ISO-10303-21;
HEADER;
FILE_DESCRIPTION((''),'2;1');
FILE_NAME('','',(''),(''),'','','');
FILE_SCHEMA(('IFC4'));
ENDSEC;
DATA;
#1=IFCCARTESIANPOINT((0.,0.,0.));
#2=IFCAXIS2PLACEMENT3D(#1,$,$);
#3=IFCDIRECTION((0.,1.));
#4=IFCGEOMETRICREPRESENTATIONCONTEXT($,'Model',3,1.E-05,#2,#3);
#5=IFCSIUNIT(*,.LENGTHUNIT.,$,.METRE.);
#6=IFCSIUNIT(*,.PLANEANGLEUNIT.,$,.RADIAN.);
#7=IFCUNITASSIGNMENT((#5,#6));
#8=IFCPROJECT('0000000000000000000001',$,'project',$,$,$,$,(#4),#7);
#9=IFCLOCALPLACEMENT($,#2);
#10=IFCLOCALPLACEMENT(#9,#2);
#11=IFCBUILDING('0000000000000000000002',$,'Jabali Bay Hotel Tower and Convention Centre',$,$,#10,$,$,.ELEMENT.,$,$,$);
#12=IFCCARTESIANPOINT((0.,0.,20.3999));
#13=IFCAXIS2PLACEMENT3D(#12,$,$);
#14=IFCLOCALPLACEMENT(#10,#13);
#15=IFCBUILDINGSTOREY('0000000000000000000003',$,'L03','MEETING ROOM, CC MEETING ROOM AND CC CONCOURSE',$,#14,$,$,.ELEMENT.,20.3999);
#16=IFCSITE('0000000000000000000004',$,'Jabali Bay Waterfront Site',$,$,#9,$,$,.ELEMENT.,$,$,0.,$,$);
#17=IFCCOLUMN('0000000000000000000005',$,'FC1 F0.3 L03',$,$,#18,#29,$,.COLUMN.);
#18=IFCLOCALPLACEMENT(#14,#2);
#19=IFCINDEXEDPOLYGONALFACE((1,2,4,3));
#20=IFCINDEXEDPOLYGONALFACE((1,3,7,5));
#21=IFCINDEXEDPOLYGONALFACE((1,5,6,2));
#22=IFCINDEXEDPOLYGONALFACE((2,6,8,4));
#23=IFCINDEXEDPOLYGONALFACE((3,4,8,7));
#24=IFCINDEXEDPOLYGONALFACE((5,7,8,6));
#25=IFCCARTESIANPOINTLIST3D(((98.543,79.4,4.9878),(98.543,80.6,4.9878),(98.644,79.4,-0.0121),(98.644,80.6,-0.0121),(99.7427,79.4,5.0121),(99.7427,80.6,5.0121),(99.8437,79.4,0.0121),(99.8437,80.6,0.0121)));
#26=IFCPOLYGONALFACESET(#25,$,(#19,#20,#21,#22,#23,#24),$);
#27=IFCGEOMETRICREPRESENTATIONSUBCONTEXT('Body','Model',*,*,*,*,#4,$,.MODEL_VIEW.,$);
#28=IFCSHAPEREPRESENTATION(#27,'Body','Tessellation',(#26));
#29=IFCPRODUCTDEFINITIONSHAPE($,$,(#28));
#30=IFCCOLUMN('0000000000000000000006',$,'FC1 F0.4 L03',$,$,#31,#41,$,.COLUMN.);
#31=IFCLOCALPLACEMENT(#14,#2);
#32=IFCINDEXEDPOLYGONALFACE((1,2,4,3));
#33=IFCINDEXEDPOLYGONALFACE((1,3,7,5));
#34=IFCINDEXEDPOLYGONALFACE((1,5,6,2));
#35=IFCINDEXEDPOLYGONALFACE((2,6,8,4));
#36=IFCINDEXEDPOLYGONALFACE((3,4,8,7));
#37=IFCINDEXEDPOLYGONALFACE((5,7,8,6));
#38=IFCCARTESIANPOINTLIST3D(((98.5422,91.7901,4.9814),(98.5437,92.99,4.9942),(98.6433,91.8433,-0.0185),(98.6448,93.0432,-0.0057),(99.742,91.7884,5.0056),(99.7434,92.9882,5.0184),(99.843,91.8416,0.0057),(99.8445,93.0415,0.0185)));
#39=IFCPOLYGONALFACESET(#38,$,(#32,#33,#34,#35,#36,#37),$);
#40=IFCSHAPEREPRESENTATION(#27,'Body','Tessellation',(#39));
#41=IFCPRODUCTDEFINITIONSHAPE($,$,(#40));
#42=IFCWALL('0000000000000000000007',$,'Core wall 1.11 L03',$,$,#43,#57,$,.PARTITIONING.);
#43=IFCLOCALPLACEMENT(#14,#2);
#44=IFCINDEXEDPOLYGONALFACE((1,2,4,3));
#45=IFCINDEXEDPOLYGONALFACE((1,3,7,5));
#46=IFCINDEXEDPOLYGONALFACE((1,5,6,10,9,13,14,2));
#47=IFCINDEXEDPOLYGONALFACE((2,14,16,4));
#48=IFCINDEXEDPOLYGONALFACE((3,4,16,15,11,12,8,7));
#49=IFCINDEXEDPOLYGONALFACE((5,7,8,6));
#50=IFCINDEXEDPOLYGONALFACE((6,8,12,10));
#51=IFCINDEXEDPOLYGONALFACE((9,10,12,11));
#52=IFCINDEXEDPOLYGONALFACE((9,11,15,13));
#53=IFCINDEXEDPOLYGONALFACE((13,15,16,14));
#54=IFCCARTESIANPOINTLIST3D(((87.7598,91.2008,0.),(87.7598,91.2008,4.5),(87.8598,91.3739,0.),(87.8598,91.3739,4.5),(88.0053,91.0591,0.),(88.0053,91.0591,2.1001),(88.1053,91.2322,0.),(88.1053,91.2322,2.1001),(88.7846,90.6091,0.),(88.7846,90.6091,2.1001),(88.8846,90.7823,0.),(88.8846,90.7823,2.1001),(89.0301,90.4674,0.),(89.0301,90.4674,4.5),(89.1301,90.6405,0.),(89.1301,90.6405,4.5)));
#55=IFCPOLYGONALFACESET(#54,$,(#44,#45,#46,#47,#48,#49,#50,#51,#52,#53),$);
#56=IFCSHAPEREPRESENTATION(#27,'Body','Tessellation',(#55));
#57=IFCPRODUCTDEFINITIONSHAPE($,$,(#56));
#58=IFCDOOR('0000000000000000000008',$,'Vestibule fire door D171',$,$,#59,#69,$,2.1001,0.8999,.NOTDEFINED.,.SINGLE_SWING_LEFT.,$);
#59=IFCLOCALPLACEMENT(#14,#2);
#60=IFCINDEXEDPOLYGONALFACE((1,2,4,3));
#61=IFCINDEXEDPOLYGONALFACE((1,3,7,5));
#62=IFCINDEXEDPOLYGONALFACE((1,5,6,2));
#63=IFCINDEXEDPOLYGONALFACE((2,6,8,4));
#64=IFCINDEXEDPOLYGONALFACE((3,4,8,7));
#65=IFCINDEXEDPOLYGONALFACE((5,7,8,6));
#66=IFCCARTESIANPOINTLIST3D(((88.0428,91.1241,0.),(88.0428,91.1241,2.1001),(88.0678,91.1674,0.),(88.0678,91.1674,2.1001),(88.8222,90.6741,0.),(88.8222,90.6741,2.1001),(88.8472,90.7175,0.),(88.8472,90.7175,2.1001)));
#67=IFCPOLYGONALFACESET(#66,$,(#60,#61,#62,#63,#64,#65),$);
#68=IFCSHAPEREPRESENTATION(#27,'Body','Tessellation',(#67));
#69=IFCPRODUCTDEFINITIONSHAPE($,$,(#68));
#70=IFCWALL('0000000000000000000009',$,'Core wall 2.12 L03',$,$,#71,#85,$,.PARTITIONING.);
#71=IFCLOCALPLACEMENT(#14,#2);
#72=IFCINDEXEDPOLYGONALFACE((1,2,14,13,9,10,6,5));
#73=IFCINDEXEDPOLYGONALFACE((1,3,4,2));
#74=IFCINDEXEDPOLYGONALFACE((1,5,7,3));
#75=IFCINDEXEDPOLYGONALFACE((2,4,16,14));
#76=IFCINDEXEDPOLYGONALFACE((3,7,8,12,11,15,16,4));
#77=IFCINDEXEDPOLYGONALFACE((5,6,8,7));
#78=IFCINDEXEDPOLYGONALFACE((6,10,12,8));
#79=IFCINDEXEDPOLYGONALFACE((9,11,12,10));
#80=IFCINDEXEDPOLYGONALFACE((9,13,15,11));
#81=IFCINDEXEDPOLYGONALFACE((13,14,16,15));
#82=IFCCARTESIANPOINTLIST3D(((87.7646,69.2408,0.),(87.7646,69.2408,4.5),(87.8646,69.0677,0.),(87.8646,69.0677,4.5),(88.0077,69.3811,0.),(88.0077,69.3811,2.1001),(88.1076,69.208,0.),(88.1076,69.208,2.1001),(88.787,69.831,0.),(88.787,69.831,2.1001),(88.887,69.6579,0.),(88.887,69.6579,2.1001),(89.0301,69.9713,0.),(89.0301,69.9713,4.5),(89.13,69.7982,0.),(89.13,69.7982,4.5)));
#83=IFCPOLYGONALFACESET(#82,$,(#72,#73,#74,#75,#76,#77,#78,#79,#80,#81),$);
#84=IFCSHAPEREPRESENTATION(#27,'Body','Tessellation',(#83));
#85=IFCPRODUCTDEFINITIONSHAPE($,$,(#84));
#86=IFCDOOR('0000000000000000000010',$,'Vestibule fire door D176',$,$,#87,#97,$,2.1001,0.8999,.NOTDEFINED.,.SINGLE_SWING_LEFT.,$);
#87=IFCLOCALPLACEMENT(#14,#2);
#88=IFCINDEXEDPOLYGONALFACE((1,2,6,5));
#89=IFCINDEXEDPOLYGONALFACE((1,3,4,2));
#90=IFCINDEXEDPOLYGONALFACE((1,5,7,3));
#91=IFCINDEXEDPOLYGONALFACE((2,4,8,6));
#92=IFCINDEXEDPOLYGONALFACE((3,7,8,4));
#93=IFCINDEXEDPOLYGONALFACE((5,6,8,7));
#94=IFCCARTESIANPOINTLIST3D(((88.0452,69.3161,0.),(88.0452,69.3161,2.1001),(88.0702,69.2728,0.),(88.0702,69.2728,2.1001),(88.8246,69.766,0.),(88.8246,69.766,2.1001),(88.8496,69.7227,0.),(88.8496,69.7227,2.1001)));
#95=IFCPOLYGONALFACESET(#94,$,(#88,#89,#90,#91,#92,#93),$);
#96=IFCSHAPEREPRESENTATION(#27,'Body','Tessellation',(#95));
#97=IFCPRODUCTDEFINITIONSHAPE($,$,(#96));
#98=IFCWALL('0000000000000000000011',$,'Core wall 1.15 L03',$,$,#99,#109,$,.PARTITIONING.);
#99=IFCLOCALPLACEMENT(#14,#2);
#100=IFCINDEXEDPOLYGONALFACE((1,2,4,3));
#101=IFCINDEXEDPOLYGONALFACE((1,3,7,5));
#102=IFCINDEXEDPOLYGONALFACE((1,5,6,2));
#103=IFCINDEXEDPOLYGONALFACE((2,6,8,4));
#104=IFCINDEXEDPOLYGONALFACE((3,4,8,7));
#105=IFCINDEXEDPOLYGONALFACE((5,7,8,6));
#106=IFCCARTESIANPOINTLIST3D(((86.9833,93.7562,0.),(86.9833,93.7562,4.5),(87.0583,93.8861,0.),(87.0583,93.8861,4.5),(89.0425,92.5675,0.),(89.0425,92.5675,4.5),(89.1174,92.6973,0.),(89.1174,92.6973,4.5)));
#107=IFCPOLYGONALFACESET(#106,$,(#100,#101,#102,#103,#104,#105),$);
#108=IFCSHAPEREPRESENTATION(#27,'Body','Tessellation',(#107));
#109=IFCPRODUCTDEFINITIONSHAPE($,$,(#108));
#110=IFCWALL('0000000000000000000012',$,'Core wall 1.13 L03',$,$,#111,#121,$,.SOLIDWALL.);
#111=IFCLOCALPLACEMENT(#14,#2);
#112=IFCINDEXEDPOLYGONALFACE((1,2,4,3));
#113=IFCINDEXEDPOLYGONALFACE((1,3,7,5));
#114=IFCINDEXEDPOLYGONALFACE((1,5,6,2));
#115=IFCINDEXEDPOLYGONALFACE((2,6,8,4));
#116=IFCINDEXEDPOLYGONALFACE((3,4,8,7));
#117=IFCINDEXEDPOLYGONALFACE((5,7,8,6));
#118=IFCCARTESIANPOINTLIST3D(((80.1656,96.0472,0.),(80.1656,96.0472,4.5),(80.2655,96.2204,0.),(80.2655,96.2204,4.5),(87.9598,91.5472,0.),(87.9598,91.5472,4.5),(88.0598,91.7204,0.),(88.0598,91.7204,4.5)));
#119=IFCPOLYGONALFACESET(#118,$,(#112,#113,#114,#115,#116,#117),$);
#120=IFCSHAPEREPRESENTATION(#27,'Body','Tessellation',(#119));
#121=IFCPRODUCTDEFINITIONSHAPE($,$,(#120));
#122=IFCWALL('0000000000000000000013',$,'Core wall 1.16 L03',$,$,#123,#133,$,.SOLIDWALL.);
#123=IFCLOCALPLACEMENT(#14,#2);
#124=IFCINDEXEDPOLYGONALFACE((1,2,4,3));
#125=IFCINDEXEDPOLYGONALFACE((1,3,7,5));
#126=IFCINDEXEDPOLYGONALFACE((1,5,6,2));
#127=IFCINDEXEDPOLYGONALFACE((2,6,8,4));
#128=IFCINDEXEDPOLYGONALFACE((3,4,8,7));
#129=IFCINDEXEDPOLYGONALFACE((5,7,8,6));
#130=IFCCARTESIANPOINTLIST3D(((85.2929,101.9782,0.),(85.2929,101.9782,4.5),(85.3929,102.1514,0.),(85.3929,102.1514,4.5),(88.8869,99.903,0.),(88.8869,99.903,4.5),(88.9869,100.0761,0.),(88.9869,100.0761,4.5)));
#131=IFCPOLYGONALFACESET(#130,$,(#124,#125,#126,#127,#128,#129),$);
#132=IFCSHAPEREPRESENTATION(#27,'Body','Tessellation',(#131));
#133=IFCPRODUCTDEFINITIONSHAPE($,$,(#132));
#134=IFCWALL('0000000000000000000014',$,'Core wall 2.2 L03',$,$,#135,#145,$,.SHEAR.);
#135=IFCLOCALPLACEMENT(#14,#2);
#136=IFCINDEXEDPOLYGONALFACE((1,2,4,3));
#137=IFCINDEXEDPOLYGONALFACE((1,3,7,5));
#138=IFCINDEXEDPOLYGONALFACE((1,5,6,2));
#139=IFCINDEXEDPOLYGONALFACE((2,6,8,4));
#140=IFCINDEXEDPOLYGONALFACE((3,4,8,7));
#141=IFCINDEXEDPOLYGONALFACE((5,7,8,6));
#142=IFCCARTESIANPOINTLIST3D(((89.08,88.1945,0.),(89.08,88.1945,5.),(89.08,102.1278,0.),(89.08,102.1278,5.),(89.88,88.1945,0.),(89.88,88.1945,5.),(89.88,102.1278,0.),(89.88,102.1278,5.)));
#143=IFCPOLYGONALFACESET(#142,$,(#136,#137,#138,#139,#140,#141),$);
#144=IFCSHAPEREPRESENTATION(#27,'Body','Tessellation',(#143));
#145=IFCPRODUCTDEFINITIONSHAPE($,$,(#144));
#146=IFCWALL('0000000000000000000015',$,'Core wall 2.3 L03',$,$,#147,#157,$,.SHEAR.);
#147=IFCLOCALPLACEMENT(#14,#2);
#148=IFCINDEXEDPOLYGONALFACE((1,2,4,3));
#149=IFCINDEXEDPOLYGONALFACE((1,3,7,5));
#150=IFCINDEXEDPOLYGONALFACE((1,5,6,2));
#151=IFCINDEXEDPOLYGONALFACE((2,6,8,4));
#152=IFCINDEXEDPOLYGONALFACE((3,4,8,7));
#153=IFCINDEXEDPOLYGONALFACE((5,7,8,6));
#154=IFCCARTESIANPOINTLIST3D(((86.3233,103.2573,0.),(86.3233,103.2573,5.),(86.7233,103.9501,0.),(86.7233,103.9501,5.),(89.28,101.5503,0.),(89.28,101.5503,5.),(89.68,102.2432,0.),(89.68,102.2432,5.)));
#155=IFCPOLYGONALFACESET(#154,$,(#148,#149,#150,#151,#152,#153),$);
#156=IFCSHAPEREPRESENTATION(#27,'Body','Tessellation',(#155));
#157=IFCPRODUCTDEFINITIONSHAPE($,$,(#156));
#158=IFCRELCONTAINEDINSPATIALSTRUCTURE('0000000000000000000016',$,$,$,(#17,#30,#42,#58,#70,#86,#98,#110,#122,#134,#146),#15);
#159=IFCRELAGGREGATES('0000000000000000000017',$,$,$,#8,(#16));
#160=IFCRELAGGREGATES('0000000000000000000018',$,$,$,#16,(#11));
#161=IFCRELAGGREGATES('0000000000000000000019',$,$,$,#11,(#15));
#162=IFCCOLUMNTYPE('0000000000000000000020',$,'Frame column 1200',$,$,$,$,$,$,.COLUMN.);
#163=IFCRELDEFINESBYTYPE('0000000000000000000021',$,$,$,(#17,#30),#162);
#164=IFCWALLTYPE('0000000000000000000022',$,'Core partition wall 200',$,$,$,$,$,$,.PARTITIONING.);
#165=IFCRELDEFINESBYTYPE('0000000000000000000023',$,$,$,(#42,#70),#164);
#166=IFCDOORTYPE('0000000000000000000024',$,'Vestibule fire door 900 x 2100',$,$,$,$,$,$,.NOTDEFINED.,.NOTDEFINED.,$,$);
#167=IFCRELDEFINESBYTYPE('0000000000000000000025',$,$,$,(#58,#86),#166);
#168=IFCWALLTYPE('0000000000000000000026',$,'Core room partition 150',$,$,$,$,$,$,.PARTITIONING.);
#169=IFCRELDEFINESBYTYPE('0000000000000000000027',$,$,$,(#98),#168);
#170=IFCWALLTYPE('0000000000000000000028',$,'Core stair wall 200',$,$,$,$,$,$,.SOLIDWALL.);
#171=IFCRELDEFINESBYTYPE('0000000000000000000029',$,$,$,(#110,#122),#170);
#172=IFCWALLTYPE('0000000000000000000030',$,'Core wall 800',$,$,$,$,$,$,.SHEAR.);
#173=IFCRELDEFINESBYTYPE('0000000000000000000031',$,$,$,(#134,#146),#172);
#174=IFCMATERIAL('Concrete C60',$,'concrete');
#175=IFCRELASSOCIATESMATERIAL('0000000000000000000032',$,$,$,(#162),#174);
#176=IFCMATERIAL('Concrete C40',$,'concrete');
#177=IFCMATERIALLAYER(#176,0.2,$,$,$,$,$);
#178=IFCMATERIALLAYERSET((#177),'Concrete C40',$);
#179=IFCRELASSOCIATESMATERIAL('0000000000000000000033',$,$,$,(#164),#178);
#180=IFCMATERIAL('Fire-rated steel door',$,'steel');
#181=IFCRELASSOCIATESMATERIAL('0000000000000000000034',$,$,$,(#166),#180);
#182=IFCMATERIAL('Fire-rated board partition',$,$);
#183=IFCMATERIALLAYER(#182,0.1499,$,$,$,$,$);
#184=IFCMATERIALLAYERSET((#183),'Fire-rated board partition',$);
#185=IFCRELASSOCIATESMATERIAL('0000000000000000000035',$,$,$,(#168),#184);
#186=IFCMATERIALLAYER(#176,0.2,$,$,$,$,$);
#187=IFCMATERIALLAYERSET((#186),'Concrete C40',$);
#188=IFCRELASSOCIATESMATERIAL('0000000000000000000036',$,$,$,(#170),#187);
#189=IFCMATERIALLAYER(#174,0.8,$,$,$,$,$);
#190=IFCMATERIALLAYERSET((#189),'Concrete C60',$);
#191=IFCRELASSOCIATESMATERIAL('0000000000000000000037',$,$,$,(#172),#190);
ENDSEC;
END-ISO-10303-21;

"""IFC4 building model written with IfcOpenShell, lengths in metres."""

from ifc_helpers import new_model, si_unit, direction, frame, frame_2d, origin, origin_2d, place, context, subcontext, project, spatial, rectangle, extrude, material, layer, layer_set, material_profile, profile_set, type_object, element, fill, save


model = new_model("IFC4")

# Units and contexts
model_context = context("Model", 3, precision=1e-05, world=origin(), true_north=direction((0.0, 1.0)))
body_context = subcontext(model_context, "Body", "Model", "MODEL_VIEW")
ifc_project = project(units=[si_unit("LENGTHUNIT", "METRE"), si_unit("PLANEANGLEUNIT", "RADIAN")], contexts=[model_context])

# Site, building, storey
site_placement = place(None, origin())
site = spatial("IfcSite", under=ifc_project, at=site_placement, Name="Jabali Bay Waterfront Site", CompositionType="ELEMENT", RefElevation=0.0)
building_placement = place(site_placement, origin())
building = spatial("IfcBuilding", under=site, at=building_placement, Name="Jabali Bay Hotel Tower and Convention Centre", CompositionType="ELEMENT")
storey_placement = place(building_placement, frame((0.0, 0.0, 20.3999)))
storey = spatial("IfcBuildingStorey", under=building, at=storey_placement, Name="L03", Description="MEETING ROOM, CC MEETING ROOM AND CC CONCOURSE", CompositionType="ELEMENT", Elevation=20.3999)

# Columns
ifc_material_1 = material(Name="Concrete C60", Category="concrete")
ifc_material_profile = material_profile(ifc_material_1, rectangle(XDim=1.2, YDim=1.2, at=origin_2d()), Name="Frame column 1200")
ifc_profile_set = profile_set([ifc_material_profile], Name="Concrete C60")
column_type = type_object("IfcColumnType", Name="Frame column 1200", PredefinedType="COLUMN", material=ifc_profile_set)
column_1_placement = place(storey_placement, frame((99.2439, 80.0, 0.0), z_axis=(-0.020211, 0.0, 0.999796), x_axis=(0.0, -1.0, 0.0)))
element("IfcColumn", 1, at=column_1_placement, inside=storey, type_object=column_type, Name="FC1 F0.3 L03", PredefinedType="COLUMN", context=body_context, shape_type="SweptSolid", body=[
    extrude(rectangle(XDim=1.2, YDim=1.2, at=origin_2d()), origin(), (0.0, 0.0, 1.0), 5.001),
])
column_2_placement = place(storey_placement, frame((99.2439, 92.4424, 0.0), z_axis=(-0.02021, -0.010642, 0.999739), x_axis=(0.999795, -0.00142, 0.020196)))
element("IfcColumn", 2, at=column_2_placement, inside=storey, type_object=column_type, Name="FC1 F0.4 L03", PredefinedType="COLUMN", context=body_context, shape_type="SweptSolid", body=[
    extrude(rectangle(XDim=1.2, YDim=1.2, at=origin_2d()), origin(), (0.0, 0.0, 1.0), 5.0012),
])

# Walls, openings, doors
ifc_material_2 = material(Name="Concrete C40", Category="concrete")
ifc_layer_1 = layer(ifc_material_2, 0.2)
ifc_layer_set_1 = layer_set([ifc_layer_1], Name="Concrete C40")
wall_type_1 = type_object("IfcWallType", Name="Core partition wall 200", PredefinedType="PARTITIONING", material=ifc_layer_set_1)
wall_1_placement = place(storey_placement, frame((89.0801, 90.554, 0.0), z_axis=(0.0, 0.0, 1.0), x_axis=(-0.866022, 0.500006, 0.0)))
wall_1 = element("IfcWall", 3, at=wall_1_placement, inside=storey, type_object=wall_type_1, Name="Core wall 1.11 L03", PredefinedType="PARTITIONING", context=body_context, shape_type="SweptSolid", body=[
    extrude(rectangle(XDim=1.4668, YDim=0.2, at=frame_2d((0.7334, 0.0))), origin(), (0.0, 0.0, 1.0), 4.5),
])
opening_1_placement = place(wall_1_placement, frame((0.2834, 0.0, 0.0)))
opening_1 = element("IfcOpeningElement", 4, at=opening_1_placement, cuts=wall_1, PredefinedType="OPENING", context=body_context, shape_type="SweptSolid", body=[
    extrude(rectangle(XDim=0.8999, YDim=2.1001, at=frame_2d((0.45, 1.05))), frame((0.0, 0.1104, 0.0), z_axis=(0.0, -1.0, 0.0), x_axis=(1.0, 0.0, 0.0)), (0.0, 0.0, 1.0), 0.2209),
])
ifc_material_3 = material(Name="Fire-rated steel door", Category="steel")
door_type_1 = type_object("IfcDoorType", Name="Vestibule fire door 900 x 2100", OperationType="NOTDEFINED", PredefinedType="NOTDEFINED", material=ifc_material_3)
door_1_placement = place(opening_1_placement, origin())
door_1 = element("IfcDoor", 5, at=door_1_placement, inside=storey, type_object=door_type_1, Name="Vestibule fire door D171", OperationType="SINGLE_SWING_LEFT", OverallHeight=2.1001, OverallWidth=0.8999, PredefinedType="NOTDEFINED", context=body_context, shape_type="SweptSolid", body=[
    extrude(rectangle(XDim=0.8999, YDim=2.1001, at=frame_2d((0.45, 1.05))), frame((0.0, 0.0249, 0.0), z_axis=(0.0, -1.0, 0.0), x_axis=(1.0, 0.0, 0.0)), (0.0, 0.0, 1.0), 0.05),
])
fill(opening_1, door_1)
wall_2_placement = place(storey_placement, frame((87.8147, 69.1543, 0.0), z_axis=(0.0, 0.0, 1.0), x_axis=(0.866055, 0.499949, 0.0)))
wall_2 = element("IfcWall", 6, at=wall_2_placement, inside=storey, type_object=wall_type_1, Name="Core wall 2.12 L03", PredefinedType="PARTITIONING", context=body_context, shape_type="SweptSolid", body=[
    extrude(rectangle(XDim=1.4612, YDim=0.2, at=frame_2d((0.7305, 0.0))), origin(), (0.0, 0.0, 1.0), 4.5),
])
opening_2_placement = place(wall_2_placement, frame((0.2805, 0.0, 0.0)))
opening_2 = element("IfcOpeningElement", 7, at=opening_2_placement, cuts=wall_2, PredefinedType="OPENING", context=body_context, shape_type="SweptSolid", body=[
    extrude(rectangle(XDim=0.8999, YDim=2.1001, at=frame_2d((0.45, 1.05))), frame((0.0, 0.1104, 0.0), z_axis=(0.0, -1.0, 0.0), x_axis=(1.0, 0.0, 0.0)), (0.0, 0.0, 1.0), 0.2209),
])
door_2_placement = place(opening_2_placement, origin())
door_2 = element("IfcDoor", 8, at=door_2_placement, inside=storey, type_object=door_type_1, Name="Vestibule fire door D176", OperationType="SINGLE_SWING_LEFT", OverallHeight=2.1001, OverallWidth=0.8999, PredefinedType="NOTDEFINED", context=body_context, shape_type="SweptSolid", body=[
    extrude(rectangle(XDim=0.8999, YDim=2.1001, at=frame_2d((0.45, 1.05))), frame((0.0, 0.0249, 0.0), z_axis=(0.0, -1.0, 0.0), x_axis=(1.0, 0.0, 0.0)), (0.0, 0.0, 1.0), 0.05),
])
fill(opening_2, door_2)

# Walls
ifc_material_4 = material(Name="Fire-rated board partition")
ifc_layer_2 = layer(ifc_material_4, 0.1499)
ifc_layer_set_2 = layer_set([ifc_layer_2], Name="Fire-rated board partition")
wall_type_2 = type_object("IfcWallType", Name="Core room partition 150", PredefinedType="PARTITIONING", material=ifc_layer_set_2)
wall_3_placement = place(storey_placement, frame((89.0801, 92.6323, 0.0), z_axis=(0.0, 0.0, 1.0), x_axis=(-0.866042, 0.499971, 0.0)))
element("IfcWall", 9, at=wall_3_placement, inside=storey, type_object=wall_type_2, Name="Core wall 1.15 L03", PredefinedType="PARTITIONING", context=body_context, shape_type="SweptSolid", body=[
    extrude(rectangle(XDim=2.3777, YDim=0.1499, at=frame_2d((1.189, 0.0))), origin(), (0.0, 0.0, 1.0), 4.5),
])
ifc_layer_3 = layer(ifc_material_2, 0.2)
ifc_layer_set_3 = layer_set([ifc_layer_3], Name="Concrete C40")
wall_type_3 = type_object("IfcWallType", Name="Core stair wall 200", PredefinedType="SOLIDWALL", material=ifc_layer_set_3)
wall_4_placement = place(storey_placement, frame((88.0098, 91.6338, 0.0), z_axis=(0.0, 0.0, 1.0), x_axis=(-0.866024, 0.500002, 0.0)))
element("IfcWall", 10, at=wall_4_placement, inside=storey, type_object=wall_type_3, Name="Core wall 1.13 L03", PredefinedType="SOLIDWALL", context=body_context, shape_type="SweptSolid", body=[
    extrude(rectangle(XDim=9.0, YDim=0.2, at=frame_2d((4.5, 0.0))), origin(), (0.0, 0.0, 1.0), 4.5),
])
wall_5_placement = place(storey_placement, frame((88.937, 99.9895, 0.0), z_axis=(0.0, 0.0, 1.0), x_axis=(-0.866004, 0.500036, 0.0)))
element("IfcWall", 11, at=wall_5_placement, inside=storey, type_object=wall_type_3, Name="Core wall 1.16 L03", PredefinedType="SOLIDWALL", context=body_context, shape_type="SweptSolid", body=[
    extrude(rectangle(XDim=4.1501, YDim=0.2, at=frame_2d((2.0752, 0.0))), origin(), (0.0, 0.0, 1.0), 4.5),
])
ifc_layer_4 = layer(ifc_material_1, 0.8)
ifc_layer_set_4 = layer_set([ifc_layer_4], Name="Concrete C60")
wall_type_4 = type_object("IfcWallType", Name="Core wall 800", PredefinedType="SHEAR", material=ifc_layer_set_4)
wall_6_placement = place(storey_placement, frame((89.48, 88.1943, 0.0), z_axis=(0.0, 0.0, 1.0), x_axis=(0.0, 1.0, 0.0)))
element("IfcWall", 12, at=wall_6_placement, inside=storey, type_object=wall_type_4, Name="Core wall 2.2 L03", PredefinedType="SHEAR", context=body_context, shape_type="SweptSolid", body=[
    extrude(rectangle(XDim=13.9333, YDim=0.8, at=frame_2d((6.9668, 0.0))), origin(), (0.0, 0.0, 1.0), 5.0),
])
wall_7_placement = place(storey_placement, frame((89.48, 101.8967, 0.0), z_axis=(0.0, 0.0, 1.0), x_axis=(-0.866034, 0.499984, 0.0)))
element("IfcWall", 13, at=wall_7_placement, inside=storey, type_object=wall_type_4, Name="Core wall 2.3 L03", PredefinedType="SHEAR", context=body_context, shape_type="SweptSolid", body=[
    extrude(rectangle(XDim=3.4141, YDim=0.8, at=frame_2d((1.707, 0.0))), origin(), (0.0, 0.0, 1.0), 5.0),
])

save(model, "model.ifc")
